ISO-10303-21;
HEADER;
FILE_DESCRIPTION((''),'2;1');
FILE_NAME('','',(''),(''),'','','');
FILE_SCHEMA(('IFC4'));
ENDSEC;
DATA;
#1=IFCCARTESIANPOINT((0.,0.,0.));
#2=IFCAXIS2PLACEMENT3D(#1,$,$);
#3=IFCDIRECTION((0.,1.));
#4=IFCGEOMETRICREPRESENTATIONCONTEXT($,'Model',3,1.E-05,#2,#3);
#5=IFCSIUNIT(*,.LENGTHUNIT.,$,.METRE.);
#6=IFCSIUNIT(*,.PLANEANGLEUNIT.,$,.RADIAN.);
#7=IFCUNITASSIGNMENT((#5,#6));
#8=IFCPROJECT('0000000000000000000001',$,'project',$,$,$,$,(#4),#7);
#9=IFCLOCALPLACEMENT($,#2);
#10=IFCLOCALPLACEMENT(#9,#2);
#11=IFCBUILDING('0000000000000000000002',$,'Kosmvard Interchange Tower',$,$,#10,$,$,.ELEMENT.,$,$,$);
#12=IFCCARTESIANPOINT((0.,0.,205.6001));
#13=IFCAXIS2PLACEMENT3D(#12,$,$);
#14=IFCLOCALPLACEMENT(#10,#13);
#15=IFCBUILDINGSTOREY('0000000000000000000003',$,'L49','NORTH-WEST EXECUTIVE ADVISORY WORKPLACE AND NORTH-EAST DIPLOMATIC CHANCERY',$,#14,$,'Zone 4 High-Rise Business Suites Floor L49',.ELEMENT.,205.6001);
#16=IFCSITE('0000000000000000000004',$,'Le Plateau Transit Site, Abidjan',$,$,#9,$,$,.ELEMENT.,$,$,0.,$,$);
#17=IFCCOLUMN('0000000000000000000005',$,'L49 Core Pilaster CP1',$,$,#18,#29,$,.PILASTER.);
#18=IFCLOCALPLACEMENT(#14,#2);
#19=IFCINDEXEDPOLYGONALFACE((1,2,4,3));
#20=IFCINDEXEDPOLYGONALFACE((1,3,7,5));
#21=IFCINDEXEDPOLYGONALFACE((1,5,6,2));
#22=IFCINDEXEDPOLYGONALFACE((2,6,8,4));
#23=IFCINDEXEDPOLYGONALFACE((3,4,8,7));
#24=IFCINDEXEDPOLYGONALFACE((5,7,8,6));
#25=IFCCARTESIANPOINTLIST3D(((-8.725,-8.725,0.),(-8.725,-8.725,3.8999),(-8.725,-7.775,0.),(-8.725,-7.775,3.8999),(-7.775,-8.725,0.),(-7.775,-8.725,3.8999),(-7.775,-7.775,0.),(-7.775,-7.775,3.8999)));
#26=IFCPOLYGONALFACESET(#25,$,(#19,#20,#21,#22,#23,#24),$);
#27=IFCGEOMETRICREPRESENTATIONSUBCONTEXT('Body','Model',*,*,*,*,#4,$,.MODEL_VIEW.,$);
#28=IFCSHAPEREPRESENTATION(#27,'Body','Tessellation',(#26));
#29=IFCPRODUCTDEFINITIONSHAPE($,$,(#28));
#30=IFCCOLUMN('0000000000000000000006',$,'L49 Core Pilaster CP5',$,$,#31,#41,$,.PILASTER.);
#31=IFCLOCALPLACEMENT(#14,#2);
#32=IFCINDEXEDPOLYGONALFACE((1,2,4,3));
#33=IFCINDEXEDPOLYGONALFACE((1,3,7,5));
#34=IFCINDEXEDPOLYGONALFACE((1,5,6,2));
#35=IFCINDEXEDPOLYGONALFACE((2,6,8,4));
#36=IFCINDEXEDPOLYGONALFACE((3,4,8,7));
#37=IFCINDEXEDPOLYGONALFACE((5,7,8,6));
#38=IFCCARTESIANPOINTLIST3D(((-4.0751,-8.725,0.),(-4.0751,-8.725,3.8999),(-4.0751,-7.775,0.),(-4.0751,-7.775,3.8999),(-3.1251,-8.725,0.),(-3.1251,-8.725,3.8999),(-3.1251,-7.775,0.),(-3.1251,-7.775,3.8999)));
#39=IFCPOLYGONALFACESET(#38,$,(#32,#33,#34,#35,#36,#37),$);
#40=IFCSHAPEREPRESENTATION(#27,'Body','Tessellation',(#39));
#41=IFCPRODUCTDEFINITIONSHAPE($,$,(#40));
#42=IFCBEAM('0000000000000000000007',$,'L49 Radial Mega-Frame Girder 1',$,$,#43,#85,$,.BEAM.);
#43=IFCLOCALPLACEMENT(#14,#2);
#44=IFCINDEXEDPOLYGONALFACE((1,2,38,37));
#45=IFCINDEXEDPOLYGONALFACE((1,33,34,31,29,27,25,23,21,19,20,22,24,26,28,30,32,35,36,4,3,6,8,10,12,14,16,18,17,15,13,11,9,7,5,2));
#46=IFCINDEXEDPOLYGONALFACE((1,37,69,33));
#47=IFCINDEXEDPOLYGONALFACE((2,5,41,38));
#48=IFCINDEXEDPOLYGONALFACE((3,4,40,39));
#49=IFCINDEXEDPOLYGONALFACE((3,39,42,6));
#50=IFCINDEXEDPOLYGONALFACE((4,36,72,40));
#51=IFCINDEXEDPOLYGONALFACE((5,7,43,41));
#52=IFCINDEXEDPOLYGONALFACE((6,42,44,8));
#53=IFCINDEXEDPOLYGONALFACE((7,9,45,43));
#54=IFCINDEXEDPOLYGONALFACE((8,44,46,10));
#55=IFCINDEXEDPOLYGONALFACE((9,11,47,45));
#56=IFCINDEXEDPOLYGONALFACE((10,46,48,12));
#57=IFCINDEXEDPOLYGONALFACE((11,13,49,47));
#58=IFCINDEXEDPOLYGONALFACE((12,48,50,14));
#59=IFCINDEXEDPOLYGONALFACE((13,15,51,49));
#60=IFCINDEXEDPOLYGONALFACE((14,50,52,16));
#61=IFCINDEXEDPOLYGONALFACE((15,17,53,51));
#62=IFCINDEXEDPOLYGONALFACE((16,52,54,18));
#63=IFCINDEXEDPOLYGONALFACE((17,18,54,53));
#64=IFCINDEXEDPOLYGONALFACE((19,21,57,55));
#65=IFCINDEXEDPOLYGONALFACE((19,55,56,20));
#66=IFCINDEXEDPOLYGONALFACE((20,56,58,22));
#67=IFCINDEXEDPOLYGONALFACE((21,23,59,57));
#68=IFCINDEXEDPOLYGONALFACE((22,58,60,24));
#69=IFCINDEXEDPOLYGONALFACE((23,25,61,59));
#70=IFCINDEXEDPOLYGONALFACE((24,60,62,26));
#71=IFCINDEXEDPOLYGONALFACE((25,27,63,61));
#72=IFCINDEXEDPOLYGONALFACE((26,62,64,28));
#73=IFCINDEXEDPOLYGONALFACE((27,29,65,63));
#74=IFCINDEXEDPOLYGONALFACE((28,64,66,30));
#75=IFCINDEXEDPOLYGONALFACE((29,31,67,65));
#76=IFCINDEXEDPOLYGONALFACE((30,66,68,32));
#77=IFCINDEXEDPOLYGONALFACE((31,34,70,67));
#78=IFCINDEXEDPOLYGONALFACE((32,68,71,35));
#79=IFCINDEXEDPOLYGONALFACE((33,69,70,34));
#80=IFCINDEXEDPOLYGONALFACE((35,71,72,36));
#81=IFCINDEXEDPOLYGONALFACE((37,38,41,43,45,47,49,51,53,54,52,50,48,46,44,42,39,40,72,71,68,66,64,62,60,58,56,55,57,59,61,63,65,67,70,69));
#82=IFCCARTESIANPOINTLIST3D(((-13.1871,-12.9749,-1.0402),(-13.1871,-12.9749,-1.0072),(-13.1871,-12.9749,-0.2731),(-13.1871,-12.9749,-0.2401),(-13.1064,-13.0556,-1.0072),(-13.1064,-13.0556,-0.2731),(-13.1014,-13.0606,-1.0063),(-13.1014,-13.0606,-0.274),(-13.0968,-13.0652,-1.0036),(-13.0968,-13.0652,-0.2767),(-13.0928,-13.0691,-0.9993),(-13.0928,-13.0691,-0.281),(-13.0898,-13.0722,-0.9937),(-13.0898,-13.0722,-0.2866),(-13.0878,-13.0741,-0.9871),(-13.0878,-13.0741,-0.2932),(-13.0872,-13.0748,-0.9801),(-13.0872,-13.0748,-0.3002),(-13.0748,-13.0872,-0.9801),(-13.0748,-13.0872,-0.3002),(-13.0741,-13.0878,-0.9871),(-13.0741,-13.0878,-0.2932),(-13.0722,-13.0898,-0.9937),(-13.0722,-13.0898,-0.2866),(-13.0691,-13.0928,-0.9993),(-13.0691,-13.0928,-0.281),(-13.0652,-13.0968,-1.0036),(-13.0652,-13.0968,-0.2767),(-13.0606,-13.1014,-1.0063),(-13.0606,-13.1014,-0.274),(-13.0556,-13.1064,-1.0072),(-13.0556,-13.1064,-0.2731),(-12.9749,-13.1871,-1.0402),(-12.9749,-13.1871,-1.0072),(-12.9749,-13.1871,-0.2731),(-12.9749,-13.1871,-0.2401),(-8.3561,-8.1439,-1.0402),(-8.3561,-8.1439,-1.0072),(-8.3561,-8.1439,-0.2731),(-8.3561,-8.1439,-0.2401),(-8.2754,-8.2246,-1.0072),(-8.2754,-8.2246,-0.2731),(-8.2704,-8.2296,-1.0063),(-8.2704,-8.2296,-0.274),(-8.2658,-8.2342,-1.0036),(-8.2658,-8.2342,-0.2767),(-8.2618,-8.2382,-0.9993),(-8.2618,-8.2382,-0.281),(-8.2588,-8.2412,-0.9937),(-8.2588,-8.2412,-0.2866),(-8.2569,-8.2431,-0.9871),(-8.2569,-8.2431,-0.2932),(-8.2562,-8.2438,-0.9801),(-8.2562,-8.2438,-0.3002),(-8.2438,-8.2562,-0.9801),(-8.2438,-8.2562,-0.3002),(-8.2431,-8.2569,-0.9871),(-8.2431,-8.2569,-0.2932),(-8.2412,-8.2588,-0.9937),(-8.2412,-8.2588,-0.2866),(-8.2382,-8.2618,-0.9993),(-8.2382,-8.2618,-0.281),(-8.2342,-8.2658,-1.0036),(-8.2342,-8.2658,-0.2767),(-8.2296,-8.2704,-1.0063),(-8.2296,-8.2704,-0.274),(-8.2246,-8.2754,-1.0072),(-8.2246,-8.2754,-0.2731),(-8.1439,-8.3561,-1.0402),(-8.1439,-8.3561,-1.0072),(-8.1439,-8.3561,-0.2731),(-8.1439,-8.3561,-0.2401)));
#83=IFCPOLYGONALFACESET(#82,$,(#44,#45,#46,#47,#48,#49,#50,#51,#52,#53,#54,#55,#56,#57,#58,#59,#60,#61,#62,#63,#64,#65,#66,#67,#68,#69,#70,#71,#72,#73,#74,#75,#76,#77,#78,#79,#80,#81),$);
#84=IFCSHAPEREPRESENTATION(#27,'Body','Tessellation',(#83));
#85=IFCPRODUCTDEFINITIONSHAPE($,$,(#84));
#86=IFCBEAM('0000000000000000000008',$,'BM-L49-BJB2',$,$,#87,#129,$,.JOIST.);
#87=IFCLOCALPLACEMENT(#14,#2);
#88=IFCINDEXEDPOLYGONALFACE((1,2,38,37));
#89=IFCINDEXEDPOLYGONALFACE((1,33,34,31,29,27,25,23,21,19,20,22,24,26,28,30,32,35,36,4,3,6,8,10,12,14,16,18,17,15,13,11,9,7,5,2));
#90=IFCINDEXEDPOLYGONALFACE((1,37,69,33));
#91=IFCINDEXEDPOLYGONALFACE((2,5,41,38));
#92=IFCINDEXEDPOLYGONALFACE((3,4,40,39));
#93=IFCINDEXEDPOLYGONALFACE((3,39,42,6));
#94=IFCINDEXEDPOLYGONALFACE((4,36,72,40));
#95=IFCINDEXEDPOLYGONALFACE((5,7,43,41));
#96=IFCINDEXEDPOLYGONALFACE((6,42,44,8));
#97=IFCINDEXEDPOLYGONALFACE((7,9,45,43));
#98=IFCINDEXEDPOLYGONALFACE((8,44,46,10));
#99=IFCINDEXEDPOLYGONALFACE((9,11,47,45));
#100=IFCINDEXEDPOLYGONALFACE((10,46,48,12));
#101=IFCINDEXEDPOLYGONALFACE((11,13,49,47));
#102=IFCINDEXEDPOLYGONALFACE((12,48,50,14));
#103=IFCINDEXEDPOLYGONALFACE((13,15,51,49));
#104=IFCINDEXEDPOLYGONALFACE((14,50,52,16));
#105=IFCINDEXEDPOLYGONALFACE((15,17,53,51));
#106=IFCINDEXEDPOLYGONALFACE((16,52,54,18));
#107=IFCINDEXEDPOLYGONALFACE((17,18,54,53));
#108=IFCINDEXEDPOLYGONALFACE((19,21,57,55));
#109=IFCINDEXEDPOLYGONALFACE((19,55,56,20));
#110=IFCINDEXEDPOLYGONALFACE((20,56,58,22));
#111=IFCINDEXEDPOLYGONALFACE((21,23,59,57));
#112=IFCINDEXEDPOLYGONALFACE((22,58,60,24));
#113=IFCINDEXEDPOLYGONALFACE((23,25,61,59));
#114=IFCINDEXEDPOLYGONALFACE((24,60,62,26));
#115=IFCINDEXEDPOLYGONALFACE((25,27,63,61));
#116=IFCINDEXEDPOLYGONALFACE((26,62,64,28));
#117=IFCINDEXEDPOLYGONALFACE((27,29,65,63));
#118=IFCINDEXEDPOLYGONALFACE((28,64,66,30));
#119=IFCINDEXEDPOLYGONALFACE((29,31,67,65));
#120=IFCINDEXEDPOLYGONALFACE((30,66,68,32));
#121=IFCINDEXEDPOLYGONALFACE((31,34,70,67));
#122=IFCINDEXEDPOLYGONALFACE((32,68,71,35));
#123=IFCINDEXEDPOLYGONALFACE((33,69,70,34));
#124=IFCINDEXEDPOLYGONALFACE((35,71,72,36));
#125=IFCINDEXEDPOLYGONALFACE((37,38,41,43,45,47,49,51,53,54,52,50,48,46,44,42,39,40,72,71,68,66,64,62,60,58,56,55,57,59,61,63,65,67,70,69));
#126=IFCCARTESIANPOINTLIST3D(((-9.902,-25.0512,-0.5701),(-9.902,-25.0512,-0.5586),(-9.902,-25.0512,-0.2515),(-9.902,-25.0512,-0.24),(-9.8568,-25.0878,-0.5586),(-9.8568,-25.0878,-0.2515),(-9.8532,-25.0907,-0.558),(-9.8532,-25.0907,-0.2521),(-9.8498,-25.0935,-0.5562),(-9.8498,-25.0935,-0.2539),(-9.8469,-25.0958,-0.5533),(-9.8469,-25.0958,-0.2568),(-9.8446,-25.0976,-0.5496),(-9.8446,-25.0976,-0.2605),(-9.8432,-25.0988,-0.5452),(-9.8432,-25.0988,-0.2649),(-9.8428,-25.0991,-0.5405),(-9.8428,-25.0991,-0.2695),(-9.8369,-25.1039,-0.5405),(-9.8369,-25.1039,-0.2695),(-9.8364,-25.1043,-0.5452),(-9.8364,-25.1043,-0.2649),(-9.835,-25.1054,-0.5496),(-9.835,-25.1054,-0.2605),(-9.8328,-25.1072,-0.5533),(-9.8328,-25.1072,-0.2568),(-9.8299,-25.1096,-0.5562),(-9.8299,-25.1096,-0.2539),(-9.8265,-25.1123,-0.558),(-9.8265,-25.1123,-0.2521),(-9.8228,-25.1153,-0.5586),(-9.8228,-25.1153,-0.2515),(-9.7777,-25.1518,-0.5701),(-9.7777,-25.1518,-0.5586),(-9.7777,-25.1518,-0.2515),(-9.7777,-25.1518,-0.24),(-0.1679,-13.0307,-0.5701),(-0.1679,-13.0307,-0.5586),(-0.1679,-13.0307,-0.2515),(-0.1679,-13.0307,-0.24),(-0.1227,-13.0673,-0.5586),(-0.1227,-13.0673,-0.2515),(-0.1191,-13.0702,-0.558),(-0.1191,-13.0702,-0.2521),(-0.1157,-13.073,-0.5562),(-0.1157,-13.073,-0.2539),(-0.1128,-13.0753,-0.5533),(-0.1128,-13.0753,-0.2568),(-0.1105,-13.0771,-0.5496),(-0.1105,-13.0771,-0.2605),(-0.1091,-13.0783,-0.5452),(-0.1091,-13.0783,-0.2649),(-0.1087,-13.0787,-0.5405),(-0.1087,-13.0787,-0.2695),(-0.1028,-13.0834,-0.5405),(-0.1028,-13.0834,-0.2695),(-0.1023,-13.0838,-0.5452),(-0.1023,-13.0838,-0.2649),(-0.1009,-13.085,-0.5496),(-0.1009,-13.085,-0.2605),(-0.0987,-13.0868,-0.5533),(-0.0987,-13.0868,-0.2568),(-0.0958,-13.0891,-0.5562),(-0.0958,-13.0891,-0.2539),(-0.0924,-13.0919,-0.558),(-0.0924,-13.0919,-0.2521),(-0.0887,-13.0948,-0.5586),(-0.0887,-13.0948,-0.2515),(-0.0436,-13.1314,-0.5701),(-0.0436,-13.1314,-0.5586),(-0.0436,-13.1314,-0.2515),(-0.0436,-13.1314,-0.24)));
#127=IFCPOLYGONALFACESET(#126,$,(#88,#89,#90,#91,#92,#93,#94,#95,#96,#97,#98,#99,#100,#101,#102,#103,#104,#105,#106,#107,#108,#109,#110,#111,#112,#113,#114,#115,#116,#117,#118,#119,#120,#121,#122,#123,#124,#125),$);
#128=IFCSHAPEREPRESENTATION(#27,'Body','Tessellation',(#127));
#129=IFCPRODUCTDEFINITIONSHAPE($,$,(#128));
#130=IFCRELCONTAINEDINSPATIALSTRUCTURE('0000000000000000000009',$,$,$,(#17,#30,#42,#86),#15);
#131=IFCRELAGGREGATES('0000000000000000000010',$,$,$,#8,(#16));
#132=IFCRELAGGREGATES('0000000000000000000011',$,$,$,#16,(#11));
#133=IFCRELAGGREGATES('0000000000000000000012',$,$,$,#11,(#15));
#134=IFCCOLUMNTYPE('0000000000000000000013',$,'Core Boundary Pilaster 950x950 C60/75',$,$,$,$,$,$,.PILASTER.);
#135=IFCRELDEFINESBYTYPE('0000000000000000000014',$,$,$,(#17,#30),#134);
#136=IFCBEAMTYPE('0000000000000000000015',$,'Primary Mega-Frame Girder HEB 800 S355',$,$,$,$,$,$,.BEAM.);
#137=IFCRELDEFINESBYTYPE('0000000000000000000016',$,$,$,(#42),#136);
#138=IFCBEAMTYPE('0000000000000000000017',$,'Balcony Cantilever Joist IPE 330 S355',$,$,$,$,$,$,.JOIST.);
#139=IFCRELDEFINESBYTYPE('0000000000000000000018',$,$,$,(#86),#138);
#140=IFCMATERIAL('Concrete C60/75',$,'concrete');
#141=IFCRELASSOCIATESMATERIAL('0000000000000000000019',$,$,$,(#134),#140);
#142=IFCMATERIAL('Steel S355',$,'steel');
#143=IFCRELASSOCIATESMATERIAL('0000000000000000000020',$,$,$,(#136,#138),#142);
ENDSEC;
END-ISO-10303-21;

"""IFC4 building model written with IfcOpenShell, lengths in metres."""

from ifc_helpers import new_model, si_unit, direction, frame, origin, origin_2d, place, context, subcontext, project, spatial, rectangle, i_section, extrude, source, transform, mapped, material, material_profile, profile_set, type_object, element, save


model = new_model("IFC4")

# Units and contexts
model_context = context("Model", 3, precision=1e-05, world=origin(), true_north=direction((0.0, 1.0)))
body_context = subcontext(model_context, "Body", "Model", "MODEL_VIEW")
ifc_project = project(units=[si_unit("LENGTHUNIT", "METRE"), si_unit("PLANEANGLEUNIT", "RADIAN")], contexts=[model_context])

# Site, building, storey
site_placement = place(None, origin())
site = spatial("IfcSite", under=ifc_project, at=site_placement, Name="Le Plateau Transit Site, Abidjan", CompositionType="ELEMENT", RefElevation=0.0)
building_placement = place(site_placement, origin())
building = spatial("IfcBuilding", under=site, at=building_placement, Name="Kosmvard Interchange Tower", CompositionType="ELEMENT")
storey_placement = place(building_placement, frame((0.0, 0.0, 205.6001)))
storey = spatial("IfcBuildingStorey", under=building, at=storey_placement, Name="L49", Description="NORTH-WEST EXECUTIVE ADVISORY WORKPLACE AND NORTH-EAST DIPLOMATIC CHANCERY", LongName="Zone 4 High-Rise Business Suites Floor L49", CompositionType="ELEMENT", Elevation=205.6001)

# Columns
ifc_material_1 = material(Name="Concrete C60/75", Category="concrete")
ifc_material_profile_1 = material_profile(ifc_material_1, rectangle(XDim=0.95, YDim=0.95, at=origin_2d()), Name="CP 950x950")
ifc_profile_set_1 = profile_set([ifc_material_profile_1], Name="Concrete C60/75")
column_type = type_object("IfcColumnType", Name="Core Boundary Pilaster 950x950 C60/75", PredefinedType="PILASTER", material=ifc_profile_set_1)
shared_shape_1 = source(origin(), body_context, "Body", "SweptSolid", [
    extrude(rectangle(XDim=0.95, YDim=0.95, at=origin_2d()), origin(), (0.0, 0.0, 1.0), 3.8999),
])
for number, where, z_axis, x_axis, name in (
    (1, (-8.25, -8.25, 0.0), (0.0, 0.0, 1.0), (1.0, 0.0, 0.0), "L49 Core Pilaster CP1"),
    (2, (-3.6001, -8.25, 0.0), (0.0, 0.0, 1.0), (1.0, 0.0, 0.0), "L49 Core Pilaster CP5"),
):
    element("IfcColumn", number, at=place(storey_placement, frame(where, z_axis=z_axis, x_axis=x_axis)), inside=storey, type_object=column_type, Name=name, PredefinedType="PILASTER", context=body_context, shape_type="MappedRepresentation", body=[
        mapped(shared_shape_1, transform((0.0, 0.0, 0.0), scale=1.0)),
    ])

# Beams
ifc_material_2 = material(Name="Steel S355", Category="steel")
ifc_material_profile_2 = material_profile(ifc_material_2, i_section(OverallWidth=0.3, OverallDepth=0.8, WebThickness=0.0176, FlangeThickness=0.033, FilletRadius=0.0271, at=origin_2d()), Name="HEB 800")
ifc_profile_set_2 = profile_set([ifc_material_profile_2], Name="Steel S355")
beam_type_1 = type_object("IfcBeamType", Name="Primary Mega-Frame Girder HEB 800 S355", PredefinedType="BEAM", material=ifc_profile_set_2)
shared_shape_2 = source(origin(), body_context, "Body", "SweptSolid", [
    extrude(i_section(OverallWidth=0.3, OverallDepth=0.8, WebThickness=0.0176, FlangeThickness=0.033, FilletRadius=0.0271, at=origin_2d()), origin(), (0.0, 0.0, 1.0), 6.832),
])
beam_1_placement = place(storey_placement, frame((-8.25, -8.25, -0.6401), z_axis=(-0.707107, -0.707107, 0.0), x_axis=(0.707107, -0.707107, 0.0)))
element("IfcBeam", 3, at=beam_1_placement, inside=storey, type_object=beam_type_1, Name="L49 Radial Mega-Frame Girder 1", PredefinedType="BEAM", context=body_context, shape_type="MappedRepresentation", body=[
    mapped(shared_shape_2, transform((0.0, 0.0, 0.0), scale=1.0)),
])
ifc_material_profile_3 = material_profile(ifc_material_2, i_section(OverallWidth=0.1599, OverallDepth=0.3301, WebThickness=0.0076, FlangeThickness=0.0115, FilletRadius=0.0181, at=origin_2d()), Name="IPE 330")
ifc_profile_set_3 = profile_set([ifc_material_profile_3], Name="Steel S355")
beam_type_2 = type_object("IfcBeamType", Name="Balcony Cantilever Joist IPE 330 S355", PredefinedType="JOIST", material=ifc_profile_set_3)
shared_shape_3 = source(origin(), body_context, "Body", "SweptSolid", [
    extrude(i_section(OverallWidth=0.1599, OverallDepth=0.3301, WebThickness=0.0076, FlangeThickness=0.0115, FilletRadius=0.0181, at=origin_2d()), origin(), (0.0, 0.0, 1.0), 15.4675),
])
beam_2_placement = place(storey_placement, frame((-0.1057, -13.0811, -0.405), z_axis=(-0.629325, -0.777142, 0.0), x_axis=(0.777142, -0.629325, 0.0)))
element("IfcBeam", 4, at=beam_2_placement, inside=storey, type_object=beam_type_2, Name="BM-L49-BJB2", PredefinedType="JOIST", context=body_context, shape_type="MappedRepresentation", body=[
    mapped(shared_shape_3, transform((0.0, 0.0, 0.0), scale=1.0)),
])

save(model, "model.ifc")
